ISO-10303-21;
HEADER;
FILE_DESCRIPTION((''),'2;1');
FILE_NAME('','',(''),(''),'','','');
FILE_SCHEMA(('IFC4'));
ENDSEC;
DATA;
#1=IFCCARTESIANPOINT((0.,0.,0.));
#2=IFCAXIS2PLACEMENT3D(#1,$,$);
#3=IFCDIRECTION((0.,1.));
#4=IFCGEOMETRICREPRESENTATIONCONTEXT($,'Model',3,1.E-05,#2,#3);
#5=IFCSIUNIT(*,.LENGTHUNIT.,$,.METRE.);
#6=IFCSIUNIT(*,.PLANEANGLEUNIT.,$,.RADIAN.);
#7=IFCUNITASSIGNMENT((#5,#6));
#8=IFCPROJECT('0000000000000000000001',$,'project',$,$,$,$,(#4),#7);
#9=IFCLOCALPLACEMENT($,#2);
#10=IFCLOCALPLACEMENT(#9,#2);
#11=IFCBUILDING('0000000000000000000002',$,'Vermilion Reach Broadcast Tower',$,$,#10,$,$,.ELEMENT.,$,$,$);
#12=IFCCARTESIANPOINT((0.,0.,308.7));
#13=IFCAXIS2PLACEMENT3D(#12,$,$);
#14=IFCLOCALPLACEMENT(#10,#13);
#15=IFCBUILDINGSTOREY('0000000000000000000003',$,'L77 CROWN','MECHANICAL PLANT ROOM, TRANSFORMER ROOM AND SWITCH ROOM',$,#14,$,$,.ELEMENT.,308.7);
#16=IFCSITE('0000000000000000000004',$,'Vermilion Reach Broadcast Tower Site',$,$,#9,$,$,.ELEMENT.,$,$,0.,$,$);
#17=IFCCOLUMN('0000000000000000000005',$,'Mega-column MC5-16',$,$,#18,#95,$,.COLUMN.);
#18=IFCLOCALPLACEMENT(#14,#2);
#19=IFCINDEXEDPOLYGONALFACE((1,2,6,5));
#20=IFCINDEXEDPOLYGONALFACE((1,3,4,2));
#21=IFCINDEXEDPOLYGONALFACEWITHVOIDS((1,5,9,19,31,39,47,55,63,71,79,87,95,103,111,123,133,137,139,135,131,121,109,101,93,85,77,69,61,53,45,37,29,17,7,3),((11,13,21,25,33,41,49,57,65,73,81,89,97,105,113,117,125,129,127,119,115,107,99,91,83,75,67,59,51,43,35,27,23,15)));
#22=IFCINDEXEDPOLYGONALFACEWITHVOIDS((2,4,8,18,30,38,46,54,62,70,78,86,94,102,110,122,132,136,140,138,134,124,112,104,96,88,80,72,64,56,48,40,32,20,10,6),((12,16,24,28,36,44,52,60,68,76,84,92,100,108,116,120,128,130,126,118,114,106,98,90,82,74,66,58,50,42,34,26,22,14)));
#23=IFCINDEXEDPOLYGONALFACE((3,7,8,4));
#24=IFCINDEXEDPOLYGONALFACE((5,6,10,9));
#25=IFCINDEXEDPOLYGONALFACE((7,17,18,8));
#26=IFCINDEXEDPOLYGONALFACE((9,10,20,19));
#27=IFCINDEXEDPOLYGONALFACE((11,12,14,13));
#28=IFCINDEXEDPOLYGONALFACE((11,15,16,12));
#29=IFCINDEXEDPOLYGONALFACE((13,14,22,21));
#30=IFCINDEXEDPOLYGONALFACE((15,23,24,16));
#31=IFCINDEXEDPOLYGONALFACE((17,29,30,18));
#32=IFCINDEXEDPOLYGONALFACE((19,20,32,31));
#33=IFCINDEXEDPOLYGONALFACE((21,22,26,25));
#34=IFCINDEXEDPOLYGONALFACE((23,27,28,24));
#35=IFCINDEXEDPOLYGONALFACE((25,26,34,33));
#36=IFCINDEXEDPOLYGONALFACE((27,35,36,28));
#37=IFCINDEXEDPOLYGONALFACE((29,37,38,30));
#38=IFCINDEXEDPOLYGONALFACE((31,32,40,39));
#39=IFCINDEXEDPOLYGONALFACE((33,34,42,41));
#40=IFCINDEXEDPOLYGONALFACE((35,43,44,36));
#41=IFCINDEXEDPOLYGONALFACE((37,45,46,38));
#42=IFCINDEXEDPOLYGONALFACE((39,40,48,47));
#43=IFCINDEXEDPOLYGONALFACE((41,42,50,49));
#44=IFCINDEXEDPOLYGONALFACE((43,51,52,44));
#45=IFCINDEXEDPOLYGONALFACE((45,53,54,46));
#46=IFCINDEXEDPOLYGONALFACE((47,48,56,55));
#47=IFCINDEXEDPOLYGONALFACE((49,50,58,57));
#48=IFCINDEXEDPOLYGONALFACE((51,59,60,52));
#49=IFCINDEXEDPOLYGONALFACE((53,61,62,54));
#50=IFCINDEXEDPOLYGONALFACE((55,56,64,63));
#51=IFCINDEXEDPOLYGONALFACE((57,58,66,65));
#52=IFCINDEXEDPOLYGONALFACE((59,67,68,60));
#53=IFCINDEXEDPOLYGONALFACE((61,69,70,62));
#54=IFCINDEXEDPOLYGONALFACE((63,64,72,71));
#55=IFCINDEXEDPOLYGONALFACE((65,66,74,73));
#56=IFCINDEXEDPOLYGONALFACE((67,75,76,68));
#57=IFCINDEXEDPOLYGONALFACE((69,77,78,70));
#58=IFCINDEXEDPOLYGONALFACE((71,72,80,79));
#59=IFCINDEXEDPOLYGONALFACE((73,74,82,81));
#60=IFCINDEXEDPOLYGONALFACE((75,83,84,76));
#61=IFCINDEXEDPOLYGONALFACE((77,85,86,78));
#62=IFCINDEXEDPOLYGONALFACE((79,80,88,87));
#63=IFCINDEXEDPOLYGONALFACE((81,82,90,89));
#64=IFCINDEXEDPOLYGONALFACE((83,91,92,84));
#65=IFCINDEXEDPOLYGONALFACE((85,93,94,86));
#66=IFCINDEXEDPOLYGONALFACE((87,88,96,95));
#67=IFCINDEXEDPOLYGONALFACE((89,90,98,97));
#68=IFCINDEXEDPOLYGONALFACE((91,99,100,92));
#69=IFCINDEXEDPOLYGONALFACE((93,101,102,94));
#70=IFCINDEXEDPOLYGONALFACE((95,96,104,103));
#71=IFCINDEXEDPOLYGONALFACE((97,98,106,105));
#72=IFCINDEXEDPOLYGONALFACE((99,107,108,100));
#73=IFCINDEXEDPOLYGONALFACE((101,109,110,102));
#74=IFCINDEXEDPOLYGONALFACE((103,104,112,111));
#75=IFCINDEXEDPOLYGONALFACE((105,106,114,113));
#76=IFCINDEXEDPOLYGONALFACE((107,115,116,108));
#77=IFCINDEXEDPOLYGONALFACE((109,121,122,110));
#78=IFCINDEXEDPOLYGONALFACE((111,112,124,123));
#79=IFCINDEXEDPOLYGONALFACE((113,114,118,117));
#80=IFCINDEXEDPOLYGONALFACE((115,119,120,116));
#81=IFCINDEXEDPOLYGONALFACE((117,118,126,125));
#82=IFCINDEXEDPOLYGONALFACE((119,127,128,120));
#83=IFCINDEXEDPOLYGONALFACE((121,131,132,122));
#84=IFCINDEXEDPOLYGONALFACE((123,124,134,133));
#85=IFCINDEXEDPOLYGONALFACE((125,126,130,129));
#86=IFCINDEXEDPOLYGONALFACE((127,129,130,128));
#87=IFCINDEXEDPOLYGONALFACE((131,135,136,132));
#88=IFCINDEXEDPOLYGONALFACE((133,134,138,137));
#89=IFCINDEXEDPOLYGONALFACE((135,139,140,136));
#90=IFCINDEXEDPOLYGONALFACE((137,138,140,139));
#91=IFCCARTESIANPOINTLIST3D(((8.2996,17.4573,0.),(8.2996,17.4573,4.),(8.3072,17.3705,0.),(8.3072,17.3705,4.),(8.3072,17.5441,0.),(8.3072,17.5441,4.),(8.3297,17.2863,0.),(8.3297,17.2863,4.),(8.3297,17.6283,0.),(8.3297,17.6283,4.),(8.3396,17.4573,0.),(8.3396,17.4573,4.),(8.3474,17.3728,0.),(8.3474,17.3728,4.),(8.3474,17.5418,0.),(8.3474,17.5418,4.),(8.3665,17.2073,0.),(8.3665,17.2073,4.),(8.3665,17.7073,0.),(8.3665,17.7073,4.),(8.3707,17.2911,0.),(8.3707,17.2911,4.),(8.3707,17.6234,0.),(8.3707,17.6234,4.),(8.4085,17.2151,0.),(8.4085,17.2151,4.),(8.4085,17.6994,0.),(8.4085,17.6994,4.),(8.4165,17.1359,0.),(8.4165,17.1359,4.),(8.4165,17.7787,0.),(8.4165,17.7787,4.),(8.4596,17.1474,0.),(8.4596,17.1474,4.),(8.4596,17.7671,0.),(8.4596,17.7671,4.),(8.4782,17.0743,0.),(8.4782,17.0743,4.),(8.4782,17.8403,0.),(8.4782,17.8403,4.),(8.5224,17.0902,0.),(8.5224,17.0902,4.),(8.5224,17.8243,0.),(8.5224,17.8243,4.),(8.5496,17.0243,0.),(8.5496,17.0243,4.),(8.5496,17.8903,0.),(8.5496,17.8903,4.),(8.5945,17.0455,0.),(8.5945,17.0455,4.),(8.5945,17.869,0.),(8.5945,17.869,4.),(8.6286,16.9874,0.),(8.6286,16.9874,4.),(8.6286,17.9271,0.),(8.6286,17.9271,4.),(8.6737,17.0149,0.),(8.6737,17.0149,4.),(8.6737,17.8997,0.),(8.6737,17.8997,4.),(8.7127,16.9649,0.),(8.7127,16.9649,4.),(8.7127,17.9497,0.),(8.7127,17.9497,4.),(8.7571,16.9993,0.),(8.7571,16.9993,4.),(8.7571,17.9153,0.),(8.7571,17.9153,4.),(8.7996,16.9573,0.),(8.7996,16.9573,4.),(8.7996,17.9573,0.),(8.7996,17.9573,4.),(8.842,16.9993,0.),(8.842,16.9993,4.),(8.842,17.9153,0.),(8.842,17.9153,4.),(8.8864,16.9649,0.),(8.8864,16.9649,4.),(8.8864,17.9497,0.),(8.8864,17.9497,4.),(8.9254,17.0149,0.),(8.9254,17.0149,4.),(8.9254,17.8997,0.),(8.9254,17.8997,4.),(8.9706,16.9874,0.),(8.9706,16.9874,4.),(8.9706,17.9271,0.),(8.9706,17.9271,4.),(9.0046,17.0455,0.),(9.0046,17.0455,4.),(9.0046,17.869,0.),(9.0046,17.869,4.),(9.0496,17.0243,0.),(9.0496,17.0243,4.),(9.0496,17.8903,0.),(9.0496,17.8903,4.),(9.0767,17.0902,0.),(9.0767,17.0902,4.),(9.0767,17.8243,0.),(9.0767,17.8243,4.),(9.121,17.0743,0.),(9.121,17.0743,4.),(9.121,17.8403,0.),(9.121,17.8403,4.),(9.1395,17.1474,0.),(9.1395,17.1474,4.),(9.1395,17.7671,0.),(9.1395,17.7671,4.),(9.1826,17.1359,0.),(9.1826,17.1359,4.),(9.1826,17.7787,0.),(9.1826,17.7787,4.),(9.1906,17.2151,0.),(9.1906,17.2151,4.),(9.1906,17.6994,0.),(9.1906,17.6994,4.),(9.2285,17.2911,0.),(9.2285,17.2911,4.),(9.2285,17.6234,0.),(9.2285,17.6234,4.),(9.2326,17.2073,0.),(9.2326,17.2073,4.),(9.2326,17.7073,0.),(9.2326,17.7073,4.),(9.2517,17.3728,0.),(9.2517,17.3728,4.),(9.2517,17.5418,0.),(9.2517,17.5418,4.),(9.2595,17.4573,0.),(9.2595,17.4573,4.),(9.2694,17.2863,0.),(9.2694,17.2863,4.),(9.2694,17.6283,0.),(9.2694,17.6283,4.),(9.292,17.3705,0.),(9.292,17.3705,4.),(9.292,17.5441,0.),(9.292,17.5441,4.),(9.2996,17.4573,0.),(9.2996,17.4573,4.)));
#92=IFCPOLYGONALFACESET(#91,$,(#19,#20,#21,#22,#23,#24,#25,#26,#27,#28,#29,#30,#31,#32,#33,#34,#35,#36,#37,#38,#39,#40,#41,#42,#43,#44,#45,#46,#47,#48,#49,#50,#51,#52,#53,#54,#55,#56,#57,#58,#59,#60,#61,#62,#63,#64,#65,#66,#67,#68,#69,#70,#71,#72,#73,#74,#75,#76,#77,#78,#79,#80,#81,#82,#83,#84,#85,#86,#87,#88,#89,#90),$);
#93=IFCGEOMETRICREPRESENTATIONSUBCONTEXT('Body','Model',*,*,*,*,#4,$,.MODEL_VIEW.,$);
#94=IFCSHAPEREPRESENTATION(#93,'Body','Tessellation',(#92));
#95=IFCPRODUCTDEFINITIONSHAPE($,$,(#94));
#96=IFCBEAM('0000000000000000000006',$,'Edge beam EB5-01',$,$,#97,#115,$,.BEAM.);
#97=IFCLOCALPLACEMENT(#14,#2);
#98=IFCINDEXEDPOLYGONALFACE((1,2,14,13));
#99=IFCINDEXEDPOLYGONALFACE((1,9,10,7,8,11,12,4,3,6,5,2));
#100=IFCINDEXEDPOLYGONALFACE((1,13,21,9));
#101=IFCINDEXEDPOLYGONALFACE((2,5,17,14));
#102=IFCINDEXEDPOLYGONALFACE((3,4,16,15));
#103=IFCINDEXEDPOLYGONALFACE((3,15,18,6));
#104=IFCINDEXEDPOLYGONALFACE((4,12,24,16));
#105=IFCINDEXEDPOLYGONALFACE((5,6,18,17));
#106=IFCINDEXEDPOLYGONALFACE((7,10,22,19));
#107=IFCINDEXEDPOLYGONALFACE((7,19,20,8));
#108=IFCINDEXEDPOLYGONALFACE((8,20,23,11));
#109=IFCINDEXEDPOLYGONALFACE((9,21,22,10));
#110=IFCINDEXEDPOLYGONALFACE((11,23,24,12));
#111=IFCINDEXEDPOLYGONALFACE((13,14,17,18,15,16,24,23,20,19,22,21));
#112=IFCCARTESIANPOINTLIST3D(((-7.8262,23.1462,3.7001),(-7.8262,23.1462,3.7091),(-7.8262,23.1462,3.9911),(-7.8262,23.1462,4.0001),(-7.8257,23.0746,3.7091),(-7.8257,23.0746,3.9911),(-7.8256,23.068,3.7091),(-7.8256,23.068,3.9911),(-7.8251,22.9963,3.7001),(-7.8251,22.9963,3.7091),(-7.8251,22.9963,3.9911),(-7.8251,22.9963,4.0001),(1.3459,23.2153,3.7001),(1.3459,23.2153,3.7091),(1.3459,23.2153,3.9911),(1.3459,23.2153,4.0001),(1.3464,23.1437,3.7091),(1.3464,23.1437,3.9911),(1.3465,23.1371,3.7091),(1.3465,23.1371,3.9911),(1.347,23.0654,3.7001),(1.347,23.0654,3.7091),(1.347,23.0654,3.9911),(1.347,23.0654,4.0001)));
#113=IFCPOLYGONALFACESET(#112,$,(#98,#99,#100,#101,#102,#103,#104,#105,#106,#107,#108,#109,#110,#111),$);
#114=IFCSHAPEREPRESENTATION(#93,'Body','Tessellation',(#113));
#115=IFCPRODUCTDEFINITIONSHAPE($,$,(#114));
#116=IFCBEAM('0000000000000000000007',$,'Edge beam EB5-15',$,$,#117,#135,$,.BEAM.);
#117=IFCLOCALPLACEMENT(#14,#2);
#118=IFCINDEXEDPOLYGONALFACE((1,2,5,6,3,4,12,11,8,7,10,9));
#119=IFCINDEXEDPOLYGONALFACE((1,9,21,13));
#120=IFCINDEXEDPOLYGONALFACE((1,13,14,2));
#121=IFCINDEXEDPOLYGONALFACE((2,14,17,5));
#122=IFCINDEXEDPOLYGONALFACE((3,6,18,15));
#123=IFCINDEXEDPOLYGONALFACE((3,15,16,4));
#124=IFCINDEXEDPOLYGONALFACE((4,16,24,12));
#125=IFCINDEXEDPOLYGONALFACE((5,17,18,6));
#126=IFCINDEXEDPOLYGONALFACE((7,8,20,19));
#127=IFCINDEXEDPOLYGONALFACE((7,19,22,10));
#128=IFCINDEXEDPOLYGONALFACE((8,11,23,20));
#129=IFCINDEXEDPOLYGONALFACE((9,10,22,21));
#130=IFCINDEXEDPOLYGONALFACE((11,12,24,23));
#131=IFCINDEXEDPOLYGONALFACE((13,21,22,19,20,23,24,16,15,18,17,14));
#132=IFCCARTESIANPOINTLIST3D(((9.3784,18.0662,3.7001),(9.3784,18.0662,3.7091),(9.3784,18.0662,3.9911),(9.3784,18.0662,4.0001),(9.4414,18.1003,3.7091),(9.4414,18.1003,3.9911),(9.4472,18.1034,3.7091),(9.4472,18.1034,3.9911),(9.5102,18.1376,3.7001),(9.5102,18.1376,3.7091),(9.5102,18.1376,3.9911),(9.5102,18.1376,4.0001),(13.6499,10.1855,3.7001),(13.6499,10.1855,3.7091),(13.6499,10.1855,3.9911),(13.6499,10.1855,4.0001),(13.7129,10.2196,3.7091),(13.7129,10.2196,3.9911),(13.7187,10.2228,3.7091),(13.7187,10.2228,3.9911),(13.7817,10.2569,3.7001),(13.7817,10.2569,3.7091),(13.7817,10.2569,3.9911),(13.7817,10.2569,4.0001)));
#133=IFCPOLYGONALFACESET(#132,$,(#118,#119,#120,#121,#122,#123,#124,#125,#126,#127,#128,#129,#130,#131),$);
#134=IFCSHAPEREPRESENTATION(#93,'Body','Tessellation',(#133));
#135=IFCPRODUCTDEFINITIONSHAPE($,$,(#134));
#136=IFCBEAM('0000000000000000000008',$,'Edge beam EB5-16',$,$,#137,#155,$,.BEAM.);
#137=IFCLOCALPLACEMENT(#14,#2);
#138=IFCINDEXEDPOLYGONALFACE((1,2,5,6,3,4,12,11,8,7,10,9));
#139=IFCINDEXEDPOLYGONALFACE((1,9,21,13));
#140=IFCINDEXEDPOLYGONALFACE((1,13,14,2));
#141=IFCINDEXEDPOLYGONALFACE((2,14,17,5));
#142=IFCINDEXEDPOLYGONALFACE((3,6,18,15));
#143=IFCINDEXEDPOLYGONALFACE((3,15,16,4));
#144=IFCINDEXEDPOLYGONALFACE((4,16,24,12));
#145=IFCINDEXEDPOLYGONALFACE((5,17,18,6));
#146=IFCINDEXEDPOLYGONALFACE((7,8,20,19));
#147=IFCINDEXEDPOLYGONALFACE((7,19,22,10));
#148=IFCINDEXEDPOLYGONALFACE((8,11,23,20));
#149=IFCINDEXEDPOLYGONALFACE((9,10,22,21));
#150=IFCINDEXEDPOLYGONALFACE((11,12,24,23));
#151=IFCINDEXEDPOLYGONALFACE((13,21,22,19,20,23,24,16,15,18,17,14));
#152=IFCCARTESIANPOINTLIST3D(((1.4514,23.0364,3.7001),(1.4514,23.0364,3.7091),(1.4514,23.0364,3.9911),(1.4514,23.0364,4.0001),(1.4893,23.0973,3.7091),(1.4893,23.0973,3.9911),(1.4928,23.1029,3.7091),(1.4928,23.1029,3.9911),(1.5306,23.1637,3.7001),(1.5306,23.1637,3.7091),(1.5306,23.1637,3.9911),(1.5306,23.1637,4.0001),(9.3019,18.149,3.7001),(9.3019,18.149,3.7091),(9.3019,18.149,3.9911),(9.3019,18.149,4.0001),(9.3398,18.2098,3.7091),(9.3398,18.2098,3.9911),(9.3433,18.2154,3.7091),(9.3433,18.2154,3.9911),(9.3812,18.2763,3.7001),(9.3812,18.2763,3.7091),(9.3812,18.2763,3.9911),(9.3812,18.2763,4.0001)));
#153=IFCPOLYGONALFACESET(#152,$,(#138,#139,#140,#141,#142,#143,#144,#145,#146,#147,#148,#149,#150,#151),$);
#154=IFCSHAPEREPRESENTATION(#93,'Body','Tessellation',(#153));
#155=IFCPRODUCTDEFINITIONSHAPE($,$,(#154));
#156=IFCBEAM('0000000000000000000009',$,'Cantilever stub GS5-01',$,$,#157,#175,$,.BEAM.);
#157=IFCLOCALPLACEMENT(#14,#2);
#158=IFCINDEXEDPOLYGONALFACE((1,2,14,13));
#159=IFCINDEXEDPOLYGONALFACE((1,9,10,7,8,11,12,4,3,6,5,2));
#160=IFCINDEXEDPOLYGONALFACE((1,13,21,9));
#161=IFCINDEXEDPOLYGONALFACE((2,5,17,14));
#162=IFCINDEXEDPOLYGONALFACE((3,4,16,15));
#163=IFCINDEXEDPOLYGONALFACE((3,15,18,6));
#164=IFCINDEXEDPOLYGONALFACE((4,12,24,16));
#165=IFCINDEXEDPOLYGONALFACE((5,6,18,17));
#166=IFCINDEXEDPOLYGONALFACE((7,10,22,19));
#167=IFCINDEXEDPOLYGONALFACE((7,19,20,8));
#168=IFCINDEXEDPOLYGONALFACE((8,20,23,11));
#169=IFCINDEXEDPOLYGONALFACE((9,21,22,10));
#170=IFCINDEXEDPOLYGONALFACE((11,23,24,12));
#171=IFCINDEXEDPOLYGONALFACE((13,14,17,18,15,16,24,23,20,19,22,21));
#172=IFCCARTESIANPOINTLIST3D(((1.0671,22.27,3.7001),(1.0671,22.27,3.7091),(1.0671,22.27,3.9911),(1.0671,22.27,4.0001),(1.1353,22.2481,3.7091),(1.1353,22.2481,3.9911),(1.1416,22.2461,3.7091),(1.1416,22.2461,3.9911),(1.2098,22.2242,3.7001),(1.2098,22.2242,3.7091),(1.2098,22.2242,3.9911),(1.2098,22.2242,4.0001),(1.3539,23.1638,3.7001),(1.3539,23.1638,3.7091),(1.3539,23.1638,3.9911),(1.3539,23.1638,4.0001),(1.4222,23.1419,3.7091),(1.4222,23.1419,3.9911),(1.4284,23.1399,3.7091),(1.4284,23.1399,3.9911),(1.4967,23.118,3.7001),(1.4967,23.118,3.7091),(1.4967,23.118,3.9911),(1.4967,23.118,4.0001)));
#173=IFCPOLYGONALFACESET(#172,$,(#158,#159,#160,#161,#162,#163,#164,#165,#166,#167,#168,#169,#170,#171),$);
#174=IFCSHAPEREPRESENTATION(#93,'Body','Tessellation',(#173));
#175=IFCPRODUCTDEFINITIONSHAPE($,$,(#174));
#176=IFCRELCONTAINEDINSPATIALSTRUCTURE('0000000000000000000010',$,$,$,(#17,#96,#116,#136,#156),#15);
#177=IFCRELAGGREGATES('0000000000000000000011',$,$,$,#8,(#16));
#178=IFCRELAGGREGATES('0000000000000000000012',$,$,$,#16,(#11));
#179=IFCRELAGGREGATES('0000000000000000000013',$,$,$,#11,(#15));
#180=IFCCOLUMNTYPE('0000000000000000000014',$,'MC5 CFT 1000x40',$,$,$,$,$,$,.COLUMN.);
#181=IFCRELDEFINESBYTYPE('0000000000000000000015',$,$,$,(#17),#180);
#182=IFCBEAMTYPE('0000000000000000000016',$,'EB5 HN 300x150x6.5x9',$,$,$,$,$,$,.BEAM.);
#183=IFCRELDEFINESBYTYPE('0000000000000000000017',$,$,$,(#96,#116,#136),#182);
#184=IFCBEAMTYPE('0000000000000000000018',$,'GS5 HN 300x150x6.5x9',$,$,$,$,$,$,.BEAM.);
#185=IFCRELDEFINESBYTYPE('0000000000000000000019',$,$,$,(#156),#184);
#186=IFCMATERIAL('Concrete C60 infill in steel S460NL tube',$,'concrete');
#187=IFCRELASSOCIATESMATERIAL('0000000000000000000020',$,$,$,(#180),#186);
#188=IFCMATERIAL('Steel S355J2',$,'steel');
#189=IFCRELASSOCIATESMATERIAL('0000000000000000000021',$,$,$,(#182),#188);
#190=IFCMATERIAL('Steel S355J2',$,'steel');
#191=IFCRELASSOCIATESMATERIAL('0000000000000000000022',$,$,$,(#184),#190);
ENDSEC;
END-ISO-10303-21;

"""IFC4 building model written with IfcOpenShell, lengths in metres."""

from ifc_helpers import new_model, si_unit, direction, frame, origin, origin_2d, place, context, subcontext, project, spatial, hollow_circle, i_section, extrude, material, material_profile, profile_set, type_object, element, save


model = new_model("IFC4")

# Units and contexts
model_context = context("Model", 3, precision=1e-05, world=origin(), true_north=direction((0.0, 1.0)))
body_context = subcontext(model_context, "Body", "Model", "MODEL_VIEW")
ifc_project = project(units=[si_unit("LENGTHUNIT", "METRE"), si_unit("PLANEANGLEUNIT", "RADIAN")], contexts=[model_context])

# Site, building, storey
site_placement = place(None, origin())
site = spatial("IfcSite", under=ifc_project, at=site_placement, Name="Vermilion Reach Broadcast Tower Site", CompositionType="ELEMENT", RefElevation=0.0)
building_placement = place(site_placement, origin())
building = spatial("IfcBuilding", under=site, at=building_placement, Name="Vermilion Reach Broadcast Tower", CompositionType="ELEMENT")
storey_placement = place(building_placement, frame((0.0, 0.0, 308.7)))
storey = spatial("IfcBuildingStorey", under=building, at=storey_placement, Name="L77 CROWN", Description="MECHANICAL PLANT ROOM, TRANSFORMER ROOM AND SWITCH ROOM", CompositionType="ELEMENT", Elevation=308.7)

# Column
ifc_material_1 = material(Name="Concrete C60 infill in steel S460NL tube", Category="concrete")
ifc_material_profile_1 = material_profile(ifc_material_1, hollow_circle(Radius=0.5, WallThickness=0.04, at=origin_2d()), Name="Concrete C60 infill in steel S460NL tube CFT 1000x40")
ifc_profile_set_1 = profile_set([ifc_material_profile_1], Name="Concrete C60 infill in steel S460NL tube")
column_type = type_object("IfcColumnType", Name="MC5 CFT 1000x40", PredefinedType="COLUMN", material=ifc_profile_set_1)
for number, where, z_axis, x_axis, name in (
    (1, (8.7996, 17.4573, 0.0), (0.0, 0.0, 1.0), (1.0, 0.0, 0.0), "Mega-column MC5-16"),
):
    element("IfcColumn", number, at=place(storey_placement, frame(where, z_axis=z_axis, x_axis=x_axis)), inside=storey, type_object=column_type, Name=name, PredefinedType="COLUMN", context=body_context, shape_type="SweptSolid", body=[
        extrude(hollow_circle(Radius=0.5, WallThickness=0.04, at=origin_2d()), origin(), (0.0, 0.0, 1.0), 4.0),
    ])

# Beams
ifc_material_2 = material(Name="Steel S355J2", Category="steel")
ifc_material_profile_2 = material_profile(ifc_material_2, i_section(OverallWidth=0.1499, OverallDepth=0.3, WebThickness=0.0066, FlangeThickness=0.009, at=origin_2d()), Name="S355J2 HN 300x150x6.5x9")
ifc_profile_set_2 = profile_set([ifc_material_profile_2], Name="Steel S355J2")
beam_type_1 = type_object("IfcBeamType", Name="EB5 HN 300x150x6.5x9", PredefinedType="BEAM", material=ifc_profile_set_2)
beam_1_placement = place(storey_placement, frame((1.3464, 23.1404, 3.8501), z_axis=(-0.999972, -0.007533, 0.0), x_axis=(0.007533, -0.999972, 0.0)))
element("IfcBeam", 2, at=beam_1_placement, inside=storey, type_object=beam_type_1, Name="Edge beam EB5-01", PredefinedType="BEAM", context=body_context, shape_type="SweptSolid", body=[
    extrude(i_section(OverallWidth=0.1499, OverallDepth=0.3, WebThickness=0.0066, FlangeThickness=0.009, at=origin_2d()), origin(), (0.0, 0.0, 1.0), 9.1724),
])
beam_2_placement = place(storey_placement, frame((13.7158, 10.2212, 3.8501), z_axis=(-0.476526, 0.87916, 0.0), x_axis=(-0.87916, -0.476526, 0.0)))
element("IfcBeam", 3, at=beam_2_placement, inside=storey, type_object=beam_type_1, Name="Edge beam EB5-15", PredefinedType="BEAM", context=body_context, shape_type="SweptSolid", body=[
    extrude(i_section(OverallWidth=0.1499, OverallDepth=0.3, WebThickness=0.0066, FlangeThickness=0.009, at=origin_2d()), origin(), (0.0, 0.0, 1.0), 8.9639),
])
beam_3_placement = place(storey_placement, frame((9.3416, 18.2126, 3.8501), z_axis=(-0.848928, 0.528508, 0.0), x_axis=(-0.528508, -0.848928, 0.0)))
element("IfcBeam", 4, at=beam_3_placement, inside=storey, type_object=beam_type_1, Name="Edge beam EB5-16", PredefinedType="BEAM", context=body_context, shape_type="SweptSolid", body=[
    extrude(i_section(OverallWidth=0.1499, OverallDepth=0.3, WebThickness=0.0066, FlangeThickness=0.009, at=origin_2d()), origin(), (0.0, 0.0, 1.0), 9.2476),
])
ifc_material_3 = material(Name="Steel S355J2", Category="steel")
ifc_material_profile_3 = material_profile(ifc_material_3, i_section(OverallWidth=0.1499, OverallDepth=0.3, WebThickness=0.0066, FlangeThickness=0.009, at=origin_2d()), Name="S355J2 HN 300x150x6.5x9")
ifc_profile_set_3 = profile_set([ifc_material_profile_3], Name="Steel S355J2")
beam_type_2 = type_object("IfcBeamType", Name="GS5 HN 300x150x6.5x9", PredefinedType="BEAM", material=ifc_profile_set_3)
beam_4_placement = place(storey_placement, frame((1.1384, 22.2471, 3.8501), z_axis=(0.305597, 0.952161, 0.0), x_axis=(-0.952161, 0.305597, 0.0)))
element("IfcBeam", 5, at=beam_4_placement, inside=storey, type_object=beam_type_2, Name="Cantilever stub GS5-01", PredefinedType="BEAM", context=body_context, shape_type="SweptSolid", body=[
    extrude(i_section(OverallWidth=0.1499, OverallDepth=0.3, WebThickness=0.0066, FlangeThickness=0.009, at=origin_2d()), origin(), (0.0, 0.0, 1.0), 0.9387),
])

save(model, "model.ifc")
